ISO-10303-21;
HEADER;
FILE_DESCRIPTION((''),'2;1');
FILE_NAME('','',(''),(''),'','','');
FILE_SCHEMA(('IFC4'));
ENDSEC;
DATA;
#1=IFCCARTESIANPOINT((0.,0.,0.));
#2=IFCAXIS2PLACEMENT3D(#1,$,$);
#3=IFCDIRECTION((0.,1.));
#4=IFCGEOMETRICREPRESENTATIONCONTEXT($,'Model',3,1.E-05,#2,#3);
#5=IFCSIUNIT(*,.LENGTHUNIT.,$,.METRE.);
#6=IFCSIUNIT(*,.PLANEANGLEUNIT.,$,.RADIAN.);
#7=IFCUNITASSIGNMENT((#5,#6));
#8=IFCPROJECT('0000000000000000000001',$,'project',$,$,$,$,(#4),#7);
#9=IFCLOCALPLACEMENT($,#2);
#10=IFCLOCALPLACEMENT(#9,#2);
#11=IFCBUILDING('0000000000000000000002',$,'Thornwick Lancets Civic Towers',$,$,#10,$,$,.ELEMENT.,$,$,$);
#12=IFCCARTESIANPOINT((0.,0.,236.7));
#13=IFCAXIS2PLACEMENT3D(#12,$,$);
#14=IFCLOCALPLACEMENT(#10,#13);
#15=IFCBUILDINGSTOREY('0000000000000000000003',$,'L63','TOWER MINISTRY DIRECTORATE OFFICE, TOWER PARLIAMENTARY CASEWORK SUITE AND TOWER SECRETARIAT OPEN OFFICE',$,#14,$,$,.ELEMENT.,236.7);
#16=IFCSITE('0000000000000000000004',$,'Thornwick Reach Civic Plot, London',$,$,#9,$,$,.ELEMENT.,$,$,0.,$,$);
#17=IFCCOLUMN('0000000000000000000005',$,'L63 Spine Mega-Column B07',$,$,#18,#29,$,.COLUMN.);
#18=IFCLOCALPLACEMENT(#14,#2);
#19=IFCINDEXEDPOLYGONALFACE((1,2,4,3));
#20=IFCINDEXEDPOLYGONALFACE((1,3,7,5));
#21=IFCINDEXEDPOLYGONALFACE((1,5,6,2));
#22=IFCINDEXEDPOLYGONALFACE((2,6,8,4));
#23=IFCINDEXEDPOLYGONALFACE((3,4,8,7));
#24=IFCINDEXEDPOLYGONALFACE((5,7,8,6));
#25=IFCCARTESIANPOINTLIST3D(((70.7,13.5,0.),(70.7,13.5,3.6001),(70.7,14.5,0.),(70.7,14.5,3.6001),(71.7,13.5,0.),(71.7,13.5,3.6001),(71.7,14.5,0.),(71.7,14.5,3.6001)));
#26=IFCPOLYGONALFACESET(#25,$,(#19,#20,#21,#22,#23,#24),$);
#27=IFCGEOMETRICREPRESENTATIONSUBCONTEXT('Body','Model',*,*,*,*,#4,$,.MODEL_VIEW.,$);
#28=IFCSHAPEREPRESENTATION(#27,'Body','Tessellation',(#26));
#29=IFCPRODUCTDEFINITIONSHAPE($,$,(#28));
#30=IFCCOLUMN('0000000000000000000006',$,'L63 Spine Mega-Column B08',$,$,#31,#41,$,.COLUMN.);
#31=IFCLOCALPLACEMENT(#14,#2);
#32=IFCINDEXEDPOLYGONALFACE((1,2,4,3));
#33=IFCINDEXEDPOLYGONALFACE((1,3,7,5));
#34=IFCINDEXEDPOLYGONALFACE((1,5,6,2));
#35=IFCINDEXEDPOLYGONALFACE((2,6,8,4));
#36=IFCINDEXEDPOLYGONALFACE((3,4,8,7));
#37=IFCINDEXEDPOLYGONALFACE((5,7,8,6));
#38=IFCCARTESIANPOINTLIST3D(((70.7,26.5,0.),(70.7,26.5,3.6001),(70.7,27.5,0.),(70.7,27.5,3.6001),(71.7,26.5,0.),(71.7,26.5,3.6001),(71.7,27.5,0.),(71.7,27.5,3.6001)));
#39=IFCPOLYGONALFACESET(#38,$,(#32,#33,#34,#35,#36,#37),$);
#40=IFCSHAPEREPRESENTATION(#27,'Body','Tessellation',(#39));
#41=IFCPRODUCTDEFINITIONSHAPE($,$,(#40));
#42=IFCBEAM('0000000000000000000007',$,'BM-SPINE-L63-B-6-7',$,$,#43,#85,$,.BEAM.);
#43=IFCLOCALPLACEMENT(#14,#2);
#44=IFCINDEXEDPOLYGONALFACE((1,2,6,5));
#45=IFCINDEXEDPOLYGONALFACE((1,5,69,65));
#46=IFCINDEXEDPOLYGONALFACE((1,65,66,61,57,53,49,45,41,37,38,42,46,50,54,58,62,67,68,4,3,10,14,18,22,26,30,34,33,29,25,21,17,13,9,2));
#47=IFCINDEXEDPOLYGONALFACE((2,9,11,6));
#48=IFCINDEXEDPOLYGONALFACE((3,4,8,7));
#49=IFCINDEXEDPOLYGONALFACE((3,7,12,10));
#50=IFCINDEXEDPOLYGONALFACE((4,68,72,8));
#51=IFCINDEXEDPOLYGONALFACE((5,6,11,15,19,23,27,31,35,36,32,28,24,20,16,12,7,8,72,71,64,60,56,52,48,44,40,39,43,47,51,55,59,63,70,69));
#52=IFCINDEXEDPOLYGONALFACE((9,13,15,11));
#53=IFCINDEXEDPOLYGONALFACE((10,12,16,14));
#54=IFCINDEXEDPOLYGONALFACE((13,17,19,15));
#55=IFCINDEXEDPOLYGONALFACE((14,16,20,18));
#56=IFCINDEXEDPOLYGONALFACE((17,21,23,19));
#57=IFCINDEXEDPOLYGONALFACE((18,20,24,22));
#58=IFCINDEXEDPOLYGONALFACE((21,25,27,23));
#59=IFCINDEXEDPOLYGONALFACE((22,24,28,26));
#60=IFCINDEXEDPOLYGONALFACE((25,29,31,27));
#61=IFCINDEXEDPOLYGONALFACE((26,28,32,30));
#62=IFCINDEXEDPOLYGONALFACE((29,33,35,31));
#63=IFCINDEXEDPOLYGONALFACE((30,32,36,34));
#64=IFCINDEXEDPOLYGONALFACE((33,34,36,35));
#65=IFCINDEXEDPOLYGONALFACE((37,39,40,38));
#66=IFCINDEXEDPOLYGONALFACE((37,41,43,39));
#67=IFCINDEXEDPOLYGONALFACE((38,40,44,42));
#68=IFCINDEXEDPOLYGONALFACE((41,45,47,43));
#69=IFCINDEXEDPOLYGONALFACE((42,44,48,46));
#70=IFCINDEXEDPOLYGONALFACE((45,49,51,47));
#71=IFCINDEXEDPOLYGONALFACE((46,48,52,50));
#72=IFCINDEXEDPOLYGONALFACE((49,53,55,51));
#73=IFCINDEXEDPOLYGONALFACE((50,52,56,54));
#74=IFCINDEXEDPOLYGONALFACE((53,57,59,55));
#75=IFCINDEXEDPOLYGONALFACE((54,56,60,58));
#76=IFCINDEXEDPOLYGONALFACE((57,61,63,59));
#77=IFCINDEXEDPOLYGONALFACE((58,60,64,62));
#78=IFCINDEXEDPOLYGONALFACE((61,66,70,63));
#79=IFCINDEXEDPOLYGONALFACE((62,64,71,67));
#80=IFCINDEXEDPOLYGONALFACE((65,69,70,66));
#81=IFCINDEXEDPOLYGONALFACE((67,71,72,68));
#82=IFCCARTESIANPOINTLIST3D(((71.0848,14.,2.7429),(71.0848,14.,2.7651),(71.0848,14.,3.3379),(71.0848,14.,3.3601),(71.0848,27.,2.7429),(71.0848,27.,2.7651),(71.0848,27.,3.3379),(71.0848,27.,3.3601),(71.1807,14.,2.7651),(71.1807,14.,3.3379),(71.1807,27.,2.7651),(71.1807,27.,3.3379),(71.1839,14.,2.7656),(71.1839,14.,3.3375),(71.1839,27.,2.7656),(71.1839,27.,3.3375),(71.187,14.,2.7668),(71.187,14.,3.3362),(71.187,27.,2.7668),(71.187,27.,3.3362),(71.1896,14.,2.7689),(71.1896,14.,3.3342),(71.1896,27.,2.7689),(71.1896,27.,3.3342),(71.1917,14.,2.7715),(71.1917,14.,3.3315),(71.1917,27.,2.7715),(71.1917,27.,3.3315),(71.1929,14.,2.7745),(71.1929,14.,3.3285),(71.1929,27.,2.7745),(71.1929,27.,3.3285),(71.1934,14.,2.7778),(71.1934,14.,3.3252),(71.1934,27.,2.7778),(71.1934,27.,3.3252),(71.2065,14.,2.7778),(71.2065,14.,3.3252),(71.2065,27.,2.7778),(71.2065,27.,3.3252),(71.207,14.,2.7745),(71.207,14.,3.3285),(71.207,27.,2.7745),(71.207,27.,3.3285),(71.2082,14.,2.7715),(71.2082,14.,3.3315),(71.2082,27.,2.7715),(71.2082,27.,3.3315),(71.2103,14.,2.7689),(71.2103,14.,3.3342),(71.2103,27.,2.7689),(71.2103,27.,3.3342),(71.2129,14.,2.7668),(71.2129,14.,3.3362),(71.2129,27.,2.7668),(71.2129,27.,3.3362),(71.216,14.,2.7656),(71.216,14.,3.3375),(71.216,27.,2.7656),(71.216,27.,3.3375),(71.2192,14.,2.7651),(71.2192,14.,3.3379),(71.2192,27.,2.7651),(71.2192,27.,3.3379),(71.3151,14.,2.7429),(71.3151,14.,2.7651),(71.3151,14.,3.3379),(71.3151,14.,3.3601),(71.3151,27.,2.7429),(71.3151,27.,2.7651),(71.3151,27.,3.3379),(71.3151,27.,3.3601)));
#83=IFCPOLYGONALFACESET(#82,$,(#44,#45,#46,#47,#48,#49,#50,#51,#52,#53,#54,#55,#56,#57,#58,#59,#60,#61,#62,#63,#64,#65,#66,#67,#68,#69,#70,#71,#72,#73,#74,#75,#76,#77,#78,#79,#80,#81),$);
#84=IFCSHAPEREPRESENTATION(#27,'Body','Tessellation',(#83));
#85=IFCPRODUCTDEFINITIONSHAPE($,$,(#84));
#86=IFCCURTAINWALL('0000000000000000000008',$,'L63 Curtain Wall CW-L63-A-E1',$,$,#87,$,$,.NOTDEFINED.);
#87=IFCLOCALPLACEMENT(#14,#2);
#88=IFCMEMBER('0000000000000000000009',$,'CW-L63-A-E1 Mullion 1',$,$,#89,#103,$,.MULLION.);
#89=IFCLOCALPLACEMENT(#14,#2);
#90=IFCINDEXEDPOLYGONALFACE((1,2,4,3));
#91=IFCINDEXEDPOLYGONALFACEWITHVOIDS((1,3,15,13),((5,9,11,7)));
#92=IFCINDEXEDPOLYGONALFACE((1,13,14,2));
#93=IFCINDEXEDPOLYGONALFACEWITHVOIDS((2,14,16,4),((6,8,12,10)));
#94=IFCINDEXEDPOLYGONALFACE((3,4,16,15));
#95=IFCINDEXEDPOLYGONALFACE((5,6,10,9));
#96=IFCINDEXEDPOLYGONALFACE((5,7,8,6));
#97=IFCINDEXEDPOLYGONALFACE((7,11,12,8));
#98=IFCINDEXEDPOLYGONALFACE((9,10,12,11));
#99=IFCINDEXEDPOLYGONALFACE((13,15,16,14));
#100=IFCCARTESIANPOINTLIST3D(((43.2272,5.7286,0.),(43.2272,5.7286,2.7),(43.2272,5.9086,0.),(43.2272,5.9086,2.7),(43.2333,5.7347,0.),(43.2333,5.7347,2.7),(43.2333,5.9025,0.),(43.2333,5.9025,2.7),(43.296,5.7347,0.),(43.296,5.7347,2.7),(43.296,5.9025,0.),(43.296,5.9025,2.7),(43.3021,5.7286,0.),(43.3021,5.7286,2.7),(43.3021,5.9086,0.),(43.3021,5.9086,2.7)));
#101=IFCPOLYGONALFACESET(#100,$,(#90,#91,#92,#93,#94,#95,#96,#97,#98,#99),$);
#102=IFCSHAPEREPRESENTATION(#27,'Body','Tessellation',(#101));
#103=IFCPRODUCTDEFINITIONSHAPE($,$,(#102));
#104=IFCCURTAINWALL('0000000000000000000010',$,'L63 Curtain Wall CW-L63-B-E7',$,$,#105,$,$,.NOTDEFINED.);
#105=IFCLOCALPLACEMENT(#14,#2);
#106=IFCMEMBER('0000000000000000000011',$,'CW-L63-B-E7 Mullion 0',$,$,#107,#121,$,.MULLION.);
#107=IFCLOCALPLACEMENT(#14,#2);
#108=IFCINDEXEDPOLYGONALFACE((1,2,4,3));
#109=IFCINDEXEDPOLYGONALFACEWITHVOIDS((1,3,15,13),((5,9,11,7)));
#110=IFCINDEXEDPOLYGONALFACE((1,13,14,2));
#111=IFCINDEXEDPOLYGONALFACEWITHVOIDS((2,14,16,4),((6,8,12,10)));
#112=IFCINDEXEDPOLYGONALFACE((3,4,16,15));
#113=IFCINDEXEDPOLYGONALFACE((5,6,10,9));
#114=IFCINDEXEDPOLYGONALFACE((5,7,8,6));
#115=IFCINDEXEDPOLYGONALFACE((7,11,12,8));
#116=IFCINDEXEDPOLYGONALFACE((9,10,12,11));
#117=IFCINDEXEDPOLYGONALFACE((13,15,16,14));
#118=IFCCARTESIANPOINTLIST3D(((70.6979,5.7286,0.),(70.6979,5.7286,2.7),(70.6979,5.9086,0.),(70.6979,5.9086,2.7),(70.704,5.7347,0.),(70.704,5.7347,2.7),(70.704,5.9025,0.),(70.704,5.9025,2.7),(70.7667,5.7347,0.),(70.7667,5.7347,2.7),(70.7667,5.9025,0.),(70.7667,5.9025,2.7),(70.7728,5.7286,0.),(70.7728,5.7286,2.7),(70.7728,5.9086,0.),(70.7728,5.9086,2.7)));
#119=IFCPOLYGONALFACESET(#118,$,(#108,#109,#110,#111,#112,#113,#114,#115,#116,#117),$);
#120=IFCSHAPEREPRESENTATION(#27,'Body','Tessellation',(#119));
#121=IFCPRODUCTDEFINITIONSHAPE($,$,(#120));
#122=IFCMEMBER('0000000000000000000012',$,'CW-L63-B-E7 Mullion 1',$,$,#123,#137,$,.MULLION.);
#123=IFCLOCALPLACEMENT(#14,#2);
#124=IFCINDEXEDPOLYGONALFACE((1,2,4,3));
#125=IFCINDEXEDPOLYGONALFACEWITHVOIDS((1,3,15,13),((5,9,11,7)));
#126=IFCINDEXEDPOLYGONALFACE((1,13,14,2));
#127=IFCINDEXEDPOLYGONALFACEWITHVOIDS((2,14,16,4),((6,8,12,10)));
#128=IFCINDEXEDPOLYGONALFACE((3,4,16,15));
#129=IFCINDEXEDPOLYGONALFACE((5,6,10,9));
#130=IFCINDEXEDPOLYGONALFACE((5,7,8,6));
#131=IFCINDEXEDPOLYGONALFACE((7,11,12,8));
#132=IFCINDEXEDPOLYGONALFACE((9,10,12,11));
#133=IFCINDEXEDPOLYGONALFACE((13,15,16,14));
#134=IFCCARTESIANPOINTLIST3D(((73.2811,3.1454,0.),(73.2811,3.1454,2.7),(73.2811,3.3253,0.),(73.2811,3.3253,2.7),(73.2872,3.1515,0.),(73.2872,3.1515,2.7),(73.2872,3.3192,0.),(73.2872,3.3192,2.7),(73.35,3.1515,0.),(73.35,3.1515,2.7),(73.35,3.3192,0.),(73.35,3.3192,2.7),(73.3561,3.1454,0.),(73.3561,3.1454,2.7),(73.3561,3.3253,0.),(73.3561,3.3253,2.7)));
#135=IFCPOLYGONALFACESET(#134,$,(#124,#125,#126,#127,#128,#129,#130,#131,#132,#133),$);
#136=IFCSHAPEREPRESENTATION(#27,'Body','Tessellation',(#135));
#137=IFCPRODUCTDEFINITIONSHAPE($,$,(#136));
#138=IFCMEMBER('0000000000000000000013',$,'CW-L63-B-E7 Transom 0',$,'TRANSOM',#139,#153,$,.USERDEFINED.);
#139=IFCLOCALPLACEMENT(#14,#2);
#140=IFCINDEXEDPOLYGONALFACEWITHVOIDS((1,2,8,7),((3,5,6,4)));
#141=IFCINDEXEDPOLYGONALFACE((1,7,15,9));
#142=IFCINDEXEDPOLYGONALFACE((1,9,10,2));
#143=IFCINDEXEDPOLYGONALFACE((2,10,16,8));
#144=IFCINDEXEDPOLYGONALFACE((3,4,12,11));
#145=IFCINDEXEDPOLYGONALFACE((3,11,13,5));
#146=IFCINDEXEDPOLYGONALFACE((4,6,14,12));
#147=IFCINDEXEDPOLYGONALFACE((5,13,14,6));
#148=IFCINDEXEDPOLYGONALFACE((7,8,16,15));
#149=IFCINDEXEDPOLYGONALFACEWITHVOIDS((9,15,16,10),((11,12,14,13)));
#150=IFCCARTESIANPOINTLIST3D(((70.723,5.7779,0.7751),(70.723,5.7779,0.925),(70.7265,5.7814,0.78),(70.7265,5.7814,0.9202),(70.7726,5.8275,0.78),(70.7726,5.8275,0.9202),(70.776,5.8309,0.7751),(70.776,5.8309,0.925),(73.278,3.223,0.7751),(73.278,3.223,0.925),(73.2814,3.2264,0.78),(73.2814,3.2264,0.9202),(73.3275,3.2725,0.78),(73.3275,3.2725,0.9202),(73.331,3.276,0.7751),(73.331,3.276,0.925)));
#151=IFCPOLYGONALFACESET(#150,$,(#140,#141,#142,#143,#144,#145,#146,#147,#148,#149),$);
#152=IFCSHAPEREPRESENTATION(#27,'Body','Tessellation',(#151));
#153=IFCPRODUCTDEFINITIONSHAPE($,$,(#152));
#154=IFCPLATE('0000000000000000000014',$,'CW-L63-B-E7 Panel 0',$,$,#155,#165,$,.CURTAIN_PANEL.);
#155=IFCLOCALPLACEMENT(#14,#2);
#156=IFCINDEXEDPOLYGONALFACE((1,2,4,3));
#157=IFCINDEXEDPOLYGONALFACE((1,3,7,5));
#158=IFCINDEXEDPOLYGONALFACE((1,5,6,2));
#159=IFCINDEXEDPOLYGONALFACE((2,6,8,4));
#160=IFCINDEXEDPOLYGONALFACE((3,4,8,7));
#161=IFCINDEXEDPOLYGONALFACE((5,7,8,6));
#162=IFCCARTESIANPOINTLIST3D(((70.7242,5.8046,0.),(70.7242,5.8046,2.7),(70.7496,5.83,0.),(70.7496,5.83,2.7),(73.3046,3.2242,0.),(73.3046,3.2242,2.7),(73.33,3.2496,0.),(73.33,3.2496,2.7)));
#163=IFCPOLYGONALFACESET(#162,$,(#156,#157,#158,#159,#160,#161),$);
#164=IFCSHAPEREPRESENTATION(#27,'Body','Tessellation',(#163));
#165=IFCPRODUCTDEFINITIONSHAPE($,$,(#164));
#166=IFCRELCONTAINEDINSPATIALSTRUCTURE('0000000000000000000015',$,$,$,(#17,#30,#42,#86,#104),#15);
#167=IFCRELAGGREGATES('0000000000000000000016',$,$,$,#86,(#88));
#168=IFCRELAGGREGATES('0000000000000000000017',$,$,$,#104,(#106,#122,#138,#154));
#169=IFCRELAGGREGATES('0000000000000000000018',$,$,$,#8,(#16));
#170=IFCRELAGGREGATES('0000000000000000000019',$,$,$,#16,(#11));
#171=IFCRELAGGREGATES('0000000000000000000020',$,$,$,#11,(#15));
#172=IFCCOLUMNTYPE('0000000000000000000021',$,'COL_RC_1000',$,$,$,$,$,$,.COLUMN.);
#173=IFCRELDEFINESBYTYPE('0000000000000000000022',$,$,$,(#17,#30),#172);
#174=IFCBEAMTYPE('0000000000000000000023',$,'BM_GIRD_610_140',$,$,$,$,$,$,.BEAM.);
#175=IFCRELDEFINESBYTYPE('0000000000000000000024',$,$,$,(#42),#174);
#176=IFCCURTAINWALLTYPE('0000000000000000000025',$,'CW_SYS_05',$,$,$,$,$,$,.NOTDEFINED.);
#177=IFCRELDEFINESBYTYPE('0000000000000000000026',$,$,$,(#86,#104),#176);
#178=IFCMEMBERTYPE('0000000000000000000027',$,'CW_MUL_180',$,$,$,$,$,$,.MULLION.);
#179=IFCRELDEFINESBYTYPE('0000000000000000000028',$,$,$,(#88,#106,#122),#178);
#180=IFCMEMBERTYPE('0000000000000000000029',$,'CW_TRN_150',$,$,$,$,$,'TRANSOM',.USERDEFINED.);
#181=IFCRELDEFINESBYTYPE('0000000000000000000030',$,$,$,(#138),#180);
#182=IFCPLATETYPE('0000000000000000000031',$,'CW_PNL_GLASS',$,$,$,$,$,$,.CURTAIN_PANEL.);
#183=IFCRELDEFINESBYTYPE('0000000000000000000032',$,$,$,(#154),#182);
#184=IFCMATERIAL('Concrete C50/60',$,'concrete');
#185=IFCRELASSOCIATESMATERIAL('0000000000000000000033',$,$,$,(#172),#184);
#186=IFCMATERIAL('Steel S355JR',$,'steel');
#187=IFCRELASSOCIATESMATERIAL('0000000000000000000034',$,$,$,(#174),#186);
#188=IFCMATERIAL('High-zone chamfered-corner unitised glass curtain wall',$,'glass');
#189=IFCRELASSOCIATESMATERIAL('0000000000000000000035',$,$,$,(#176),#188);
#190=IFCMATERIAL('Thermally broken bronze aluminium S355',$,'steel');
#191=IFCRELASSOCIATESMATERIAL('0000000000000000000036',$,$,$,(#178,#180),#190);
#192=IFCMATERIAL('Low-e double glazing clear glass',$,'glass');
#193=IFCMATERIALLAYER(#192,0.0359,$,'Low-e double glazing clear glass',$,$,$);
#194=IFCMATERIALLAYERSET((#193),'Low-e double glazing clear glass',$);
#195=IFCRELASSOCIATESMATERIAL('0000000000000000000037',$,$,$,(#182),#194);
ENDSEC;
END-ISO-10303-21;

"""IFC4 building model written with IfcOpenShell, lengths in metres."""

from ifc_helpers import new_model, si_unit, direction, frame, origin, origin_2d, place, context, subcontext, project, spatial, rectangle, hollow_rectangle, i_section, extrude, material, layer, layer_set, material_profile, profile_set, type_object, element, aggregate, save


model = new_model("IFC4")

# Units and contexts
model_context = context("Model", 3, precision=1e-05, world=origin(), true_north=direction((0.0, 1.0)))
body_context = subcontext(model_context, "Body", "Model", "MODEL_VIEW")
ifc_project = project(units=[si_unit("LENGTHUNIT", "METRE"), si_unit("PLANEANGLEUNIT", "RADIAN")], contexts=[model_context])

# Site, building, storey
site_placement = place(None, origin())
site = spatial("IfcSite", under=ifc_project, at=site_placement, Name="Thornwick Reach Civic Plot, London", CompositionType="ELEMENT", RefElevation=0.0)
building_placement = place(site_placement, origin())
building = spatial("IfcBuilding", under=site, at=building_placement, Name="Thornwick Lancets Civic Towers", CompositionType="ELEMENT")
storey_placement = place(building_placement, frame((0.0, 0.0, 236.7)))
storey = spatial("IfcBuildingStorey", under=building, at=storey_placement, Name="L63", Description="TOWER MINISTRY DIRECTORATE OFFICE, TOWER PARLIAMENTARY CASEWORK SUITE AND TOWER SECRETARIAT OPEN OFFICE", CompositionType="ELEMENT", Elevation=236.7)

# Columns
ifc_material_1 = material(Name="Concrete C50/60", Category="concrete")
ifc_material_profile_1 = material_profile(ifc_material_1, rectangle(XDim=1.0, YDim=1.0, at=origin_2d()), Name="RC 1000x1000")
ifc_profile_set_1 = profile_set([ifc_material_profile_1], Name="Concrete C50/60")
column_type = type_object("IfcColumnType", Name="COL_RC_1000", PredefinedType="COLUMN", material=ifc_profile_set_1)
for number, where, z_axis, x_axis, name in (
    (1, (71.2, 14.0, 0.0), (0.0, 0.0, 1.0), (1.0, 0.0, 0.0), "L63 Spine Mega-Column B07"),
    (2, (71.2, 27.0, 0.0), (0.0, 0.0, 1.0), (1.0, 0.0, 0.0), "L63 Spine Mega-Column B08"),
):
    element("IfcColumn", number, at=place(storey_placement, frame(where, z_axis=z_axis, x_axis=x_axis)), inside=storey, type_object=column_type, Name=name, PredefinedType="COLUMN", context=body_context, shape_type="SweptSolid", body=[
        extrude(rectangle(XDim=1.0, YDim=1.0, at=origin_2d()), origin(), (0.0, 0.0, 1.0), 3.6001),
    ])

# Beam
ifc_material_2 = material(Name="Steel S355JR", Category="steel")
ifc_material_profile_2 = material_profile(ifc_material_2, i_section(OverallWidth=0.2302, OverallDepth=0.6172, WebThickness=0.0132, FlangeThickness=0.0222, FilletRadius=0.0127, at=origin_2d()), Name="UKB 610x229x140")
ifc_profile_set_2 = profile_set([ifc_material_profile_2], Name="Steel S355JR")
beam_type = type_object("IfcBeamType", Name="BM_GIRD_610_140", PredefinedType="BEAM", material=ifc_profile_set_2)
beam_placement = place(storey_placement, frame((71.2, 14.0, 3.0515), z_axis=(0.0, 1.0, 0.0), x_axis=(-1.0, 0.0, 0.0)))
element("IfcBeam", 3, at=beam_placement, inside=storey, type_object=beam_type, Name="BM-SPINE-L63-B-6-7", PredefinedType="BEAM", context=body_context, shape_type="SweptSolid", body=[
    extrude(i_section(OverallWidth=0.2302, OverallDepth=0.6172, WebThickness=0.0132, FlangeThickness=0.0222, FilletRadius=0.0127, at=origin_2d()), origin(), (0.0, 0.0, 1.0), 13.0),
])

# Curtain wall, member
ifc_material_3 = material(Name="High-zone chamfered-corner unitised glass curtain wall", Category="glass")
curtain_wall_type = type_object("IfcCurtainWallType", Name="CW_SYS_05", PredefinedType="NOTDEFINED", material=ifc_material_3)
curtain_wall_1_placement = place(storey_placement, origin())
curtain_wall_1 = element("IfcCurtainWall", 4, at=curtain_wall_1_placement, inside=storey, type_object=curtain_wall_type, Name="L63 Curtain Wall CW-L63-A-E1", PredefinedType="NOTDEFINED")
ifc_material_4 = material(Name="Thermally broken bronze aluminium S355", Category="steel")
ifc_material_profile_3 = material_profile(ifc_material_4, hollow_rectangle(XDim=0.075, YDim=0.1799, WallThickness=0.0061, at=origin_2d()), Name="RHS 180x75x6")
ifc_profile_set_3 = profile_set([ifc_material_profile_3], Name="Thermally broken bronze aluminium S355")
member_type_1 = type_object("IfcMemberType", Name="CW_MUL_180", PredefinedType="MULLION", material=ifc_profile_set_3)
member_1_placement = place(storey_placement, frame((43.2646, 5.8186, 0.0), z_axis=(0.0, 0.0, 1.0), x_axis=(1.0, 0.0, 0.0)))
member_1 = element("IfcMember", 5, at=member_1_placement, type_object=member_type_1, Name="CW-L63-A-E1 Mullion 1", PredefinedType="MULLION", context=body_context, shape_type="SweptSolid", body=[
    extrude(hollow_rectangle(XDim=0.075, YDim=0.1799, WallThickness=0.0061, at=origin_2d()), origin(), (0.0, 0.0, 1.0), 2.7),
])
aggregate(curtain_wall_1, [member_1])

# Curtain wall, members, plate
curtain_wall_2_placement = place(storey_placement, origin())
curtain_wall_2 = element("IfcCurtainWall", 6, at=curtain_wall_2_placement, inside=storey, type_object=curtain_wall_type, Name="L63 Curtain Wall CW-L63-B-E7", PredefinedType="NOTDEFINED")
member_2_placement = place(storey_placement, frame((70.7354, 5.8186, 0.0), z_axis=(0.0, 0.0, 1.0), x_axis=(1.0, 0.0, 0.0)))
member_2 = element("IfcMember", 7, at=member_2_placement, type_object=member_type_1, Name="CW-L63-B-E7 Mullion 0", PredefinedType="MULLION", context=body_context, shape_type="SweptSolid", body=[
    extrude(hollow_rectangle(XDim=0.075, YDim=0.1799, WallThickness=0.0061, at=origin_2d()), origin(), (0.0, 0.0, 1.0), 2.7),
])
member_3_placement = place(storey_placement, frame((73.3186, 3.2354, 0.0), z_axis=(0.0, 0.0, 1.0), x_axis=(1.0, 0.0, 0.0)))
member_3 = element("IfcMember", 8, at=member_3_placement, type_object=member_type_1, Name="CW-L63-B-E7 Mullion 1", PredefinedType="MULLION", context=body_context, shape_type="SweptSolid", body=[
    extrude(hollow_rectangle(XDim=0.075, YDim=0.1799, WallThickness=0.0061, at=origin_2d()), origin(), (0.0, 0.0, 1.0), 2.7),
])
ifc_material_profile_4 = material_profile(ifc_material_4, hollow_rectangle(XDim=0.075, YDim=0.1499, WallThickness=0.0049, at=origin_2d()), Name="RHS 150x75x5")
ifc_profile_set_4 = profile_set([ifc_material_profile_4], Name="Thermally broken bronze aluminium S355")
member_type_2 = type_object("IfcMemberType", Name="CW_TRN_150", ElementType="TRANSOM", PredefinedType="USERDEFINED", material=ifc_profile_set_4)
member_4_placement = place(storey_placement, frame((70.7495, 5.8044, 0.8501), z_axis=(0.707107, -0.707107, 0.0), x_axis=(0.707107, 0.707107, 0.0)))
member_4 = element("IfcMember", 9, at=member_4_placement, type_object=member_type_2, Name="CW-L63-B-E7 Transom 0", ObjectType="TRANSOM", PredefinedType="USERDEFINED", context=body_context, shape_type="SweptSolid", body=[
    extrude(hollow_rectangle(XDim=0.075, YDim=0.1499, WallThickness=0.0049, at=origin_2d()), origin(), (0.0, 0.0, 1.0), 3.6133),
])
ifc_material_5 = material(Name="Low-e double glazing clear glass", Category="glass")
ifc_layer_1 = layer(ifc_material_5, 0.0359, Name="Low-e double glazing clear glass")
ifc_layer_set_1 = layer_set([ifc_layer_1], Name="Low-e double glazing clear glass")
plate_type = type_object("IfcPlateType", Name="CW_PNL_GLASS", PredefinedType="CURTAIN_PANEL", material=ifc_layer_set_1)
plate_placement = place(storey_placement, frame((72.0271, 4.5271, 0.0), z_axis=(0.0, 0.0, 1.0), x_axis=(0.707107, -0.707107, 0.0)))
plate = element("IfcPlate", 10, at=plate_placement, type_object=plate_type, Name="CW-L63-B-E7 Panel 0", PredefinedType="CURTAIN_PANEL", context=body_context, shape_type="SweptSolid", body=[
    extrude(rectangle(XDim=3.6492, YDim=0.0359, at=origin_2d()), origin(), (0.0, 0.0, 1.0), 2.7),
])
aggregate(curtain_wall_2, [member_2, member_3, member_4, plate])

save(model, "model.ifc")
